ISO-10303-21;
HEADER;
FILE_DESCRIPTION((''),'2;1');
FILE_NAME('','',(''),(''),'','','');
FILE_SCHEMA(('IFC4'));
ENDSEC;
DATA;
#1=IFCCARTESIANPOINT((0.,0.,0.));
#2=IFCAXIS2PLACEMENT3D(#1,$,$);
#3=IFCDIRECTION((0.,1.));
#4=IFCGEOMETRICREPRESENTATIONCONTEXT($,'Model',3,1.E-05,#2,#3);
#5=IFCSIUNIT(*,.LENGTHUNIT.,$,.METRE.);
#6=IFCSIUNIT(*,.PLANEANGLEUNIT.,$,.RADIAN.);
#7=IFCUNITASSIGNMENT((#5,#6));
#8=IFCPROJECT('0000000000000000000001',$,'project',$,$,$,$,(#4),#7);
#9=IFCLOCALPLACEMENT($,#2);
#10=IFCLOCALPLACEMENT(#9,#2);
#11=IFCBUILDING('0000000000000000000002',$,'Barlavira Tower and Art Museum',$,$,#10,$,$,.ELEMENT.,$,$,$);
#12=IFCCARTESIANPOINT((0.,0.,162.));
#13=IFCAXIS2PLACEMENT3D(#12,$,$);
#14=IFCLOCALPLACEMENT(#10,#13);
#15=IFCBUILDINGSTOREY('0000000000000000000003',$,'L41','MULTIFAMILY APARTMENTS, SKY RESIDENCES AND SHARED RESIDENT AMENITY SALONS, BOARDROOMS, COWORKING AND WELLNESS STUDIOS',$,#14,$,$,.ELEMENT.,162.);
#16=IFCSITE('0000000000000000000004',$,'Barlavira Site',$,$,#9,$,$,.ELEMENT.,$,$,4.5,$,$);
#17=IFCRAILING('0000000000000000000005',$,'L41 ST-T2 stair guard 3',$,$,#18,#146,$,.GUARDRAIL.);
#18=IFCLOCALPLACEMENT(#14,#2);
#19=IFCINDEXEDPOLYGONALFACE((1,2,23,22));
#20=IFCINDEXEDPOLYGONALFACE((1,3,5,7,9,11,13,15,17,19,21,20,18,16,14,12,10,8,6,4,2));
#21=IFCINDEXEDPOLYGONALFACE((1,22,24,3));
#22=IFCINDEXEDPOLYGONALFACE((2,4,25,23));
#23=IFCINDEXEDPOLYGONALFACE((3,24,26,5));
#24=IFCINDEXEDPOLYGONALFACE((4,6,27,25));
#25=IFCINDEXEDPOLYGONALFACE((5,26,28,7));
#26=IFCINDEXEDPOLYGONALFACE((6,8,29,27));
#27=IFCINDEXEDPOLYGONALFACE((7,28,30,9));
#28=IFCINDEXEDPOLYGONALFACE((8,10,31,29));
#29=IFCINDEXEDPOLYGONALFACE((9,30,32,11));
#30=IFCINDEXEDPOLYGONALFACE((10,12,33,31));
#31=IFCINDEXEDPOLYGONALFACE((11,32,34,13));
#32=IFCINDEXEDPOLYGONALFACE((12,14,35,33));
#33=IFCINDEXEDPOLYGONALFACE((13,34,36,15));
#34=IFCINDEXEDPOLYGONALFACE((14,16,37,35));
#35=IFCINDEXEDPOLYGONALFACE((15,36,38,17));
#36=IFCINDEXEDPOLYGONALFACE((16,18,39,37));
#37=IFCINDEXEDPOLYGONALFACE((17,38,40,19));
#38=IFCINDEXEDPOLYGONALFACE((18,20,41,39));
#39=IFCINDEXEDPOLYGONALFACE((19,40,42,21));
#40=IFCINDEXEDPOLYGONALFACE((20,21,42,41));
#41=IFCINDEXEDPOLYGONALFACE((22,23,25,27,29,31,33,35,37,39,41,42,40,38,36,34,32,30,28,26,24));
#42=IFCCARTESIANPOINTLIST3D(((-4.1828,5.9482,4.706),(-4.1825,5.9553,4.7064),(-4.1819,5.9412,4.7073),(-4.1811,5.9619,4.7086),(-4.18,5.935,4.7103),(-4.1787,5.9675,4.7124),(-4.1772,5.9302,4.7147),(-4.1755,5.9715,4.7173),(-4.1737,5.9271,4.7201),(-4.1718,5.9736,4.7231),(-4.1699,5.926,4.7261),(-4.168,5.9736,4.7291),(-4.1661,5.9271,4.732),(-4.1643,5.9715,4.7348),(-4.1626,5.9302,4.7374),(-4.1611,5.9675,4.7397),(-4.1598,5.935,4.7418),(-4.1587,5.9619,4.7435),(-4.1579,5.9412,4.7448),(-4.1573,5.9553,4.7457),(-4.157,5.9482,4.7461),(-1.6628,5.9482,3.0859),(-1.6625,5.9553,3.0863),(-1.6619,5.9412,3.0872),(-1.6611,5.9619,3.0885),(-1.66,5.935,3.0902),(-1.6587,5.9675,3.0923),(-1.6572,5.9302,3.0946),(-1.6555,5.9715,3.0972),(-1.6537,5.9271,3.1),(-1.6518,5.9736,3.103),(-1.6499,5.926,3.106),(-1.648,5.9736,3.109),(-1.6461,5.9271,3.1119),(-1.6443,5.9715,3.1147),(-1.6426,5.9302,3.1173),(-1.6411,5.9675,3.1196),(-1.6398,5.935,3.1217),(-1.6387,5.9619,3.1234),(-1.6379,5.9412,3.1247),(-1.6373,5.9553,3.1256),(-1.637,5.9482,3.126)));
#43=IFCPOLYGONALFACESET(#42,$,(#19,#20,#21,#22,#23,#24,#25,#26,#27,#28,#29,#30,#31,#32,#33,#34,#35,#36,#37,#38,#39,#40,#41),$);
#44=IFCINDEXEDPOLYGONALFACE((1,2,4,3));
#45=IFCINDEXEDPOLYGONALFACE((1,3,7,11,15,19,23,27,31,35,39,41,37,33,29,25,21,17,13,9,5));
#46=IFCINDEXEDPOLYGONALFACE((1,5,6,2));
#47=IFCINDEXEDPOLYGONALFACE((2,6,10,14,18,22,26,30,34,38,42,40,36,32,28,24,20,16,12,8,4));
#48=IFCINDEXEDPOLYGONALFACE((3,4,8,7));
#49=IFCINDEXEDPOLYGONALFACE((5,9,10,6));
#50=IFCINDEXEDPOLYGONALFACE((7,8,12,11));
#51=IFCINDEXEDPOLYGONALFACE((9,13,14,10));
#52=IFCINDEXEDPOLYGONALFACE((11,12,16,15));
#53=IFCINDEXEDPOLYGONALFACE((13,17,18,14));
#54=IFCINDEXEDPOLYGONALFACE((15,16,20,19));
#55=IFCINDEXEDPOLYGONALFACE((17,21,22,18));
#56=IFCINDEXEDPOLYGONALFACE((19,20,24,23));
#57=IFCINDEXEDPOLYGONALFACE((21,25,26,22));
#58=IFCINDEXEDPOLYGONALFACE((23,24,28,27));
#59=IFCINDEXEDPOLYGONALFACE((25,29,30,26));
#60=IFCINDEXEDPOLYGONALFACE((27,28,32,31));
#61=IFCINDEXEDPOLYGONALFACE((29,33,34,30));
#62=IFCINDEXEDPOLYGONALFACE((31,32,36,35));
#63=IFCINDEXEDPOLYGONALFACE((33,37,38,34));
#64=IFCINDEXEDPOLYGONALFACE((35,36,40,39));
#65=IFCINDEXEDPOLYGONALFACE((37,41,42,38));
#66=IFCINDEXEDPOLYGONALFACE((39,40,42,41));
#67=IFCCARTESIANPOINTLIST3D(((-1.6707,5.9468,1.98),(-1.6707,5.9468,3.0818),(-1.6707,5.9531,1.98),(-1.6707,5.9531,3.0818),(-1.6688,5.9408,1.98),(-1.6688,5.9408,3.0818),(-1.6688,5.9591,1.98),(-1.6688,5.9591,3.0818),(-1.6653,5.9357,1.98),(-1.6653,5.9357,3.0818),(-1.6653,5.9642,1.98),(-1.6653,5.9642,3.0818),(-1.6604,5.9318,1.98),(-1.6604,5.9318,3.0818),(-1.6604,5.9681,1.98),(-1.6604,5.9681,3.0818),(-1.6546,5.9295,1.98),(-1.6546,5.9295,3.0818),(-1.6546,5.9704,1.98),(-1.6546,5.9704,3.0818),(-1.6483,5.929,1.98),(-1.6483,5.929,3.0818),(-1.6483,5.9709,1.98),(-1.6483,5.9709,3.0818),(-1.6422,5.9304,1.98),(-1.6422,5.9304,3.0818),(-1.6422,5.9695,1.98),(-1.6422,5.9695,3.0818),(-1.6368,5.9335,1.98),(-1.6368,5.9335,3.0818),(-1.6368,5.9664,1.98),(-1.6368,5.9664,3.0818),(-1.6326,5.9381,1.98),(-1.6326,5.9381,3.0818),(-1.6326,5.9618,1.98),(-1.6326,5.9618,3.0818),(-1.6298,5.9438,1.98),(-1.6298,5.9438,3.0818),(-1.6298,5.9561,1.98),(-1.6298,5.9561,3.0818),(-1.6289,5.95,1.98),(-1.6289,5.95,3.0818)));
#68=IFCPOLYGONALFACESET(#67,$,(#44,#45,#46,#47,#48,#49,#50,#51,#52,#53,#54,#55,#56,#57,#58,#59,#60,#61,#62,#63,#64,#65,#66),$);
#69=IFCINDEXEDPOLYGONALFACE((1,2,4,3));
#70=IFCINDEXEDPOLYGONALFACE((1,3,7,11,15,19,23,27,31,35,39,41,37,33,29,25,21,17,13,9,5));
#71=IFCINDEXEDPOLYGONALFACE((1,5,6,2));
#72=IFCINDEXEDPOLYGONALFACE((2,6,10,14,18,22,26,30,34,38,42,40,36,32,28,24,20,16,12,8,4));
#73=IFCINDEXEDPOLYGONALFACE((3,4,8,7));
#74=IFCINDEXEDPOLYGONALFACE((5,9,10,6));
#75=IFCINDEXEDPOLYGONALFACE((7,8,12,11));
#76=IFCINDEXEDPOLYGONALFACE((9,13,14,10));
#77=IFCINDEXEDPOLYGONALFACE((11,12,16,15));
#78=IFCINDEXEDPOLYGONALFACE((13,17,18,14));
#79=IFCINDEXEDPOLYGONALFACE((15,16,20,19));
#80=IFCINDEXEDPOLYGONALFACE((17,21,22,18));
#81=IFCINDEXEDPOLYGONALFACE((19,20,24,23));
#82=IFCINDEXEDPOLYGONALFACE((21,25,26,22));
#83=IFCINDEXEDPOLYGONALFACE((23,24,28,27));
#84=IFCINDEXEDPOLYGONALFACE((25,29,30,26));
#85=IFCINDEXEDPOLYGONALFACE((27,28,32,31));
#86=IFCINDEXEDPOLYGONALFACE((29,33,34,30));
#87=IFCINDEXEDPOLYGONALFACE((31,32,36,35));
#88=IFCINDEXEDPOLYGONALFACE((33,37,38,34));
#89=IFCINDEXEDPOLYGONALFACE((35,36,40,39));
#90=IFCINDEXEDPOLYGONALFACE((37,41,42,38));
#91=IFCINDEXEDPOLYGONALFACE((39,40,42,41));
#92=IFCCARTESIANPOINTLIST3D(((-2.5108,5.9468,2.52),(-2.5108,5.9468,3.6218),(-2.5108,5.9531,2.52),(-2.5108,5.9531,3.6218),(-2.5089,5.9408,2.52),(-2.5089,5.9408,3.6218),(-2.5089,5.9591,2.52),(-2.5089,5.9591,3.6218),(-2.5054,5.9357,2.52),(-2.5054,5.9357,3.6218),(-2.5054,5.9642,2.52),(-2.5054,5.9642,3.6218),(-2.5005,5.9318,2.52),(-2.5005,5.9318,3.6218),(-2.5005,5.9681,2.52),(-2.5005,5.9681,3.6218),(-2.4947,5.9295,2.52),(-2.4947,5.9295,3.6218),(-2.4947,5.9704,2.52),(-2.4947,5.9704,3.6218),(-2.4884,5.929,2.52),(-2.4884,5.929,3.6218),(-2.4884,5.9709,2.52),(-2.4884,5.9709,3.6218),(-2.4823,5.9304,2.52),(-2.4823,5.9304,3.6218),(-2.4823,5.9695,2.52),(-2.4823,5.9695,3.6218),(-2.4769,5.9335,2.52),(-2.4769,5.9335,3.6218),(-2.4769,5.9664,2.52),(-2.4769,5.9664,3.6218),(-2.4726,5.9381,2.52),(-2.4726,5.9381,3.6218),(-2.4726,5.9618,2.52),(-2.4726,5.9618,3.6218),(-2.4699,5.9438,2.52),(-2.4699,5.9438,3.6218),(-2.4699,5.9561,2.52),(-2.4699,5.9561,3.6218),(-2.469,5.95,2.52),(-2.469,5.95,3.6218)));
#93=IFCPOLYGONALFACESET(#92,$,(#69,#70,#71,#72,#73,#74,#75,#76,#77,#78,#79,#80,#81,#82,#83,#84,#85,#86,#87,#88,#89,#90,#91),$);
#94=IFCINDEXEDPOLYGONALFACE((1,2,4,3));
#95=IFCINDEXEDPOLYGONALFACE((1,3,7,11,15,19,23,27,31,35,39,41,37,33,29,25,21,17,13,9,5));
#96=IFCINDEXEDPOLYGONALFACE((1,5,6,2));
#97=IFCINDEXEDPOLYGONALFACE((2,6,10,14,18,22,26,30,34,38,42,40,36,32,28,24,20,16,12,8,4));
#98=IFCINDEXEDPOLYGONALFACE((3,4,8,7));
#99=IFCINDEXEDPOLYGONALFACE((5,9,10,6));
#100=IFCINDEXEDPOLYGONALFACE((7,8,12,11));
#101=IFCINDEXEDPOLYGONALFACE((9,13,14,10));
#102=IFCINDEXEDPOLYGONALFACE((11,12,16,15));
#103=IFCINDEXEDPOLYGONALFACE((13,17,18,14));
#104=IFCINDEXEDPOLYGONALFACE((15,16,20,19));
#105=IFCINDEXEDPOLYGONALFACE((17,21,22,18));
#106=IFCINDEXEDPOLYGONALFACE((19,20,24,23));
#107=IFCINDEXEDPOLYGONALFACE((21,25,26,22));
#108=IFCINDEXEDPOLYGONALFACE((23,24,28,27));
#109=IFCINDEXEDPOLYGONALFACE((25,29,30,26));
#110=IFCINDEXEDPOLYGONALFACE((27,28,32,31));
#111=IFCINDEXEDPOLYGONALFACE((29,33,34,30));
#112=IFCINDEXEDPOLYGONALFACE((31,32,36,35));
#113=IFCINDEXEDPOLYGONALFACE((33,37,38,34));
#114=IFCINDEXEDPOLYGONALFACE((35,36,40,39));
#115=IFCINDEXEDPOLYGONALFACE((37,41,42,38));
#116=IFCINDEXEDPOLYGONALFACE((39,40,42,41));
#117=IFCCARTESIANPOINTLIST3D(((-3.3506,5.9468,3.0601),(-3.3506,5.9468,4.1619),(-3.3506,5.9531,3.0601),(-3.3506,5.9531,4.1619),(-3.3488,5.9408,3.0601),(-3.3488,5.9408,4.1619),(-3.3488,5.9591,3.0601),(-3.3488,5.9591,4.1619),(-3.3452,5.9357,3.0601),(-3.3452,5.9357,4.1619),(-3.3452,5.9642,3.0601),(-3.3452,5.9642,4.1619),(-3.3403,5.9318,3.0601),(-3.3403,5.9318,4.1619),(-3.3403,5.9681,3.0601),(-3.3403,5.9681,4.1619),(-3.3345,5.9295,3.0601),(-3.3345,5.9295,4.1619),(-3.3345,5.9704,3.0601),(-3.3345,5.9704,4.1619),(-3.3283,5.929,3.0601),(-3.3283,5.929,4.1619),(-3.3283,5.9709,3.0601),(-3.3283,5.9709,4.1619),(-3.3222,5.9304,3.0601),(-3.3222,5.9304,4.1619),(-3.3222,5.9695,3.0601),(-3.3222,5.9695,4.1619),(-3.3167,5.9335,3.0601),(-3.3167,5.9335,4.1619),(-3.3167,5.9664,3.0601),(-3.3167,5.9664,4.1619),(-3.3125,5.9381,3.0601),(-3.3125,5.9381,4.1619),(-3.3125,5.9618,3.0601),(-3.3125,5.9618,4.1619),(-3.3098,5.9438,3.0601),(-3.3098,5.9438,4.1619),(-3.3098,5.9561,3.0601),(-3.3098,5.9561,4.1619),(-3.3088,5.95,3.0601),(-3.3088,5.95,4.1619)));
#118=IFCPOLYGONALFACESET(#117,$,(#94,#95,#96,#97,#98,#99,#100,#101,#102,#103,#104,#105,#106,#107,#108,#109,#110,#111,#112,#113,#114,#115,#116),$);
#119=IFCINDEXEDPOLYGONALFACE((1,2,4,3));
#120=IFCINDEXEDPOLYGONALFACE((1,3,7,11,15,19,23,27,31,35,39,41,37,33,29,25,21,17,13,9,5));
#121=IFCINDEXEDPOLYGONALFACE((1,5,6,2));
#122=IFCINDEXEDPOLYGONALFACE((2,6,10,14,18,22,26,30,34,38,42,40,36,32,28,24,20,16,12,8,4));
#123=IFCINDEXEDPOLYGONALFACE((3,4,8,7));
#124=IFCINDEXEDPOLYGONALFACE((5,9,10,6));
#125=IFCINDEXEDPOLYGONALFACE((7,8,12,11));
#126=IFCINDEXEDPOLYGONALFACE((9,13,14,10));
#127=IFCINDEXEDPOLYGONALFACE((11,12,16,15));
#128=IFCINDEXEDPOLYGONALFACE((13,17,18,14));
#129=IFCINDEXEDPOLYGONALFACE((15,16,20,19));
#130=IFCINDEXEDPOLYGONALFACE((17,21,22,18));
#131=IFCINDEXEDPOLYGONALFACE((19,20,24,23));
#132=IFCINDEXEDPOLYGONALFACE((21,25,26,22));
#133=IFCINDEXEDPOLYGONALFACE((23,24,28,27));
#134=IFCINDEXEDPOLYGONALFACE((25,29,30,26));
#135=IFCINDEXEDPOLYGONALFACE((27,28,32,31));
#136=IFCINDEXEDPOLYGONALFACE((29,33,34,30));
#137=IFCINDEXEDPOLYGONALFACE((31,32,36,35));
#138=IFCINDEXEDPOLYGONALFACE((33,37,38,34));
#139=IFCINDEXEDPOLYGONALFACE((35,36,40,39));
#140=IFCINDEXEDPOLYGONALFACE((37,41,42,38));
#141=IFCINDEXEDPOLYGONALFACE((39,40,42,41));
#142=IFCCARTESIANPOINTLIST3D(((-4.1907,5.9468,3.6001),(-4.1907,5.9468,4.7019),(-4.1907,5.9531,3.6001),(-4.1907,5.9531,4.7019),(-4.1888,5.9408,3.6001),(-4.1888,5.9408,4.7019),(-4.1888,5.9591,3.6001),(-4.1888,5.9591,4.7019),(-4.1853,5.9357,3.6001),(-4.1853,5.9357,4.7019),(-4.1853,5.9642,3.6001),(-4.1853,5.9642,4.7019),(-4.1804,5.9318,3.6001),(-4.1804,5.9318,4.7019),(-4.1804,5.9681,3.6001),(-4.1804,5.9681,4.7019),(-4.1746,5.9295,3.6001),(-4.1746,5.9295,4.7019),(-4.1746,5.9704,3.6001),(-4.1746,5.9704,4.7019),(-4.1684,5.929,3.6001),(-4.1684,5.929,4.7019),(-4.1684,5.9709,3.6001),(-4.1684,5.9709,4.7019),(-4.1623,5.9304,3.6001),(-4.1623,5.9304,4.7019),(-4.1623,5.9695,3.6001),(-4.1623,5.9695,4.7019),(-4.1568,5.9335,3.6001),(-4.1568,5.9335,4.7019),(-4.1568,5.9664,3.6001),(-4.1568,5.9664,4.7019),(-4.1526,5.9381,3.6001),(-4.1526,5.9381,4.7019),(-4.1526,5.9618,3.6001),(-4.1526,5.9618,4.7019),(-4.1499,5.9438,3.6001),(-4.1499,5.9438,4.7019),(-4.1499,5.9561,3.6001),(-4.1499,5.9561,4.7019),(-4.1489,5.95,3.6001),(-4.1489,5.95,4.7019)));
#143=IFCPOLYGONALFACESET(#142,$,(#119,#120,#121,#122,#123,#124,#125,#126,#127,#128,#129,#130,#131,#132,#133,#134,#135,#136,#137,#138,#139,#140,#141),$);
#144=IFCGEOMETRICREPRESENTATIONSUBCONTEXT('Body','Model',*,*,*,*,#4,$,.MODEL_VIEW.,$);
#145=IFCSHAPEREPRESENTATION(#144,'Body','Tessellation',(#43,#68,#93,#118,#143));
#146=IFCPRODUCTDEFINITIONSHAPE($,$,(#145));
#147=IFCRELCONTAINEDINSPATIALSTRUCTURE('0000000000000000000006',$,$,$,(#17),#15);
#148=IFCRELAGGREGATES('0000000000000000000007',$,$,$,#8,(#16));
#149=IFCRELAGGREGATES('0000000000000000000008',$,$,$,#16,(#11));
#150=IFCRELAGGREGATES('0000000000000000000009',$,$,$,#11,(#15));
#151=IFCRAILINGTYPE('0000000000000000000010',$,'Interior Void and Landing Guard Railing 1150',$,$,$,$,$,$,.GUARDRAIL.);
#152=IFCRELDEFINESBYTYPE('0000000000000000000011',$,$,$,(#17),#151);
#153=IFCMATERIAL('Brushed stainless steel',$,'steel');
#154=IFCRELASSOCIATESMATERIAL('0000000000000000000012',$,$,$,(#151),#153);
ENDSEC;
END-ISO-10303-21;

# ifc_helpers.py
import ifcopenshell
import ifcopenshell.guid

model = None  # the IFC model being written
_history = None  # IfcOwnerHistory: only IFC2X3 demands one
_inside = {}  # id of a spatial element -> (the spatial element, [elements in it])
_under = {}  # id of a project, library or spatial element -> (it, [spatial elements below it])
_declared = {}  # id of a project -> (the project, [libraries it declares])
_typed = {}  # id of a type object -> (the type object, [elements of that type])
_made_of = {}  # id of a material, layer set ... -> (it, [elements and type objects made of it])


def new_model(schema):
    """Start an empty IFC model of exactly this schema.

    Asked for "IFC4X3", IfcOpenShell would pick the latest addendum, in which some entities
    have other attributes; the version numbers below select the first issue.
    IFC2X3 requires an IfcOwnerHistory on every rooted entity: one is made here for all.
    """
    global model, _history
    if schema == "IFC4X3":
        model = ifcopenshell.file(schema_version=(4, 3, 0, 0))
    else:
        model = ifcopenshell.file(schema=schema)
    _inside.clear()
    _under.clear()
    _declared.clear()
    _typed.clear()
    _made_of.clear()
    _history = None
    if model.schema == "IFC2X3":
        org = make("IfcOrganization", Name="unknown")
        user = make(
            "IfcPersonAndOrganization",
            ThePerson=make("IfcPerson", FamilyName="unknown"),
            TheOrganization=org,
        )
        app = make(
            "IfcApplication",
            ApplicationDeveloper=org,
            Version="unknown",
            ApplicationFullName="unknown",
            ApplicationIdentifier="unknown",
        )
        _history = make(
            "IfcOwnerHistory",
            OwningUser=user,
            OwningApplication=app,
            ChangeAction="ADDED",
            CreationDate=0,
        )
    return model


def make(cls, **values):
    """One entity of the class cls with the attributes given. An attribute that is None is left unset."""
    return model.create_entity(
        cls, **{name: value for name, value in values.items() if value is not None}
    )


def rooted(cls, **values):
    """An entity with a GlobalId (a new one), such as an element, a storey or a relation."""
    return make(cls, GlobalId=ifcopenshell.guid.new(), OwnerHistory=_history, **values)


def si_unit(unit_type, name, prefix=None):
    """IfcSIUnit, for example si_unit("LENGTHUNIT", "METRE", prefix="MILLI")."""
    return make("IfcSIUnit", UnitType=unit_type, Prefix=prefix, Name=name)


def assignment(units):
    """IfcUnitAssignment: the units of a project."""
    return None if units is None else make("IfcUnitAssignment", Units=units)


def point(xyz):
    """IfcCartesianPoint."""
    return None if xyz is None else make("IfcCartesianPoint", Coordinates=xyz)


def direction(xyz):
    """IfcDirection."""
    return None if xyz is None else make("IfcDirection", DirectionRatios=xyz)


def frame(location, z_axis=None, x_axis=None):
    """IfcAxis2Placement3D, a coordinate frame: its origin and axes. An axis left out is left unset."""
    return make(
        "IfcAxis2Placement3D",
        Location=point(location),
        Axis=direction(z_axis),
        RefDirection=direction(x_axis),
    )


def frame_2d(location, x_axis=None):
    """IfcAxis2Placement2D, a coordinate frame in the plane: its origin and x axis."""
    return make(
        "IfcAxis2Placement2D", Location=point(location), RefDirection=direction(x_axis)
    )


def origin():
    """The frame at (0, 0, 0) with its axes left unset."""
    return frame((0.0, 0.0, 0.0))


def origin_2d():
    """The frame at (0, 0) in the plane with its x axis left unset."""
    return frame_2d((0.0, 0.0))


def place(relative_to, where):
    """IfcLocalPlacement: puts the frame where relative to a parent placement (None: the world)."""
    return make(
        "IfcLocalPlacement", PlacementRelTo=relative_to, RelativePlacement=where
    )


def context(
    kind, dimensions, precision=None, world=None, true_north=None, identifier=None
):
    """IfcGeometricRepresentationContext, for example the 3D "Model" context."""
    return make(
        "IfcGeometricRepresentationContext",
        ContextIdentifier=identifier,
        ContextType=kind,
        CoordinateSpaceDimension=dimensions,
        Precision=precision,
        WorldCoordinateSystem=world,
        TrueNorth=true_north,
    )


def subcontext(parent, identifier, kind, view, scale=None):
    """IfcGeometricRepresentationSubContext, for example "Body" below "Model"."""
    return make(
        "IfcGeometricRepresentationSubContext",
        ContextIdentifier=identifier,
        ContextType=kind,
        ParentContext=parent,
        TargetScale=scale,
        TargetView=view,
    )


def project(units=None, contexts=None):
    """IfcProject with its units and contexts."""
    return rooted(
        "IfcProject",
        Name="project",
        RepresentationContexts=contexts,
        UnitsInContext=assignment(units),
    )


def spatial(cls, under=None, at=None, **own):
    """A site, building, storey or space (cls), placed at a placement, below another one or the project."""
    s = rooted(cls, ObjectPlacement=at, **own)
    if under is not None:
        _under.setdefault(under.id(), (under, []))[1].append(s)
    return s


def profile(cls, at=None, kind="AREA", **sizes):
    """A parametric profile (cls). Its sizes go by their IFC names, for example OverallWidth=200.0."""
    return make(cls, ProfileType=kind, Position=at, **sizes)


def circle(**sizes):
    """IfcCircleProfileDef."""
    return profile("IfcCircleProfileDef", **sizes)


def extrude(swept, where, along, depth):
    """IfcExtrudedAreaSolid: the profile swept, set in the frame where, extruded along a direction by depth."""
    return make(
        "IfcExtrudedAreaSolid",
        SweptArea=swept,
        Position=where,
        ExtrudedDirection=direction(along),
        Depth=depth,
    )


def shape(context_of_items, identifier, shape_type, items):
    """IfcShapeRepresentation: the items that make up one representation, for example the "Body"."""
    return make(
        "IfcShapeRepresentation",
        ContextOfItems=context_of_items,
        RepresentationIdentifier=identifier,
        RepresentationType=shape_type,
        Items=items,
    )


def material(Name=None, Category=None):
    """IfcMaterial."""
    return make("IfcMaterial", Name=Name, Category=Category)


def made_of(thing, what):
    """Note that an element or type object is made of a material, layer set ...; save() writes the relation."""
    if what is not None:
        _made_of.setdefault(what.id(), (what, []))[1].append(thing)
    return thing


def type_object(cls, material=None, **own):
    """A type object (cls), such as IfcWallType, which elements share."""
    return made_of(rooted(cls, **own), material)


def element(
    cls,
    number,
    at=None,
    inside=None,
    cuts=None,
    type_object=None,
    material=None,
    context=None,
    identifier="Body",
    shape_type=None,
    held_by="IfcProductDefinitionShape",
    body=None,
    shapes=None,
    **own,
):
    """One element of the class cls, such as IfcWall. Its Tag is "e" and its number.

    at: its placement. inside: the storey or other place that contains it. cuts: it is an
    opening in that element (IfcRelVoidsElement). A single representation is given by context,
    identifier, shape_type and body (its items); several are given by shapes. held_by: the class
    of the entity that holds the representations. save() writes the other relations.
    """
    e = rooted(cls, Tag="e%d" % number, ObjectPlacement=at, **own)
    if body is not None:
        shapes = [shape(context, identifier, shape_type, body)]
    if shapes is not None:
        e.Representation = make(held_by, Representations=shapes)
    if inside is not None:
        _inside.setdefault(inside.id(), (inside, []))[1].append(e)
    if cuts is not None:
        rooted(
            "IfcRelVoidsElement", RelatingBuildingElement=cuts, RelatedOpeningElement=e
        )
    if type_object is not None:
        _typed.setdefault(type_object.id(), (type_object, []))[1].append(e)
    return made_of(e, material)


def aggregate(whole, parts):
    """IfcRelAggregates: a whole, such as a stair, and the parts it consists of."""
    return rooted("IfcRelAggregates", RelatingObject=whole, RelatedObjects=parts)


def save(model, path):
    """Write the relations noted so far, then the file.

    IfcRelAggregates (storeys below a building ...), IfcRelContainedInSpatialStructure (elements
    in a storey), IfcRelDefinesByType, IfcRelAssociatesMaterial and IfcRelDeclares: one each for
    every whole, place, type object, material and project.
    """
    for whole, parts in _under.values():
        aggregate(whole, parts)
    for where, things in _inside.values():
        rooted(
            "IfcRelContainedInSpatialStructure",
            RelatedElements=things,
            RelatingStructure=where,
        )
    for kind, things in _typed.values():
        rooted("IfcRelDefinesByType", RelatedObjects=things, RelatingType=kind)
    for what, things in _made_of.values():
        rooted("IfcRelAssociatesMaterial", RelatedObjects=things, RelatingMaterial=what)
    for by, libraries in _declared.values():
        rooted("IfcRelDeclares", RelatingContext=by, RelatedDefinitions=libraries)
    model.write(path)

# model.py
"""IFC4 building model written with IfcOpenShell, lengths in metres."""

from ifc_helpers import new_model, si_unit, direction, frame, origin, origin_2d, place, context, subcontext, project, spatial, circle, extrude, material, type_object, element, save


model = new_model("IFC4")

# Units and contexts
model_context = context("Model", 3, precision=1e-05, world=origin(), true_north=direction((0.0, 1.0)))
body_context = subcontext(model_context, "Body", "Model", "MODEL_VIEW")
ifc_project = project(units=[si_unit("LENGTHUNIT", "METRE"), si_unit("PLANEANGLEUNIT", "RADIAN")], contexts=[model_context])

# Site, building, storey
site_placement = place(None, origin())
site = spatial("IfcSite", under=ifc_project, at=site_placement, Name="Barlavira Site", CompositionType="ELEMENT", RefElevation=4.5)
building_placement = place(site_placement, origin())
building = spatial("IfcBuilding", under=site, at=building_placement, Name="Barlavira Tower and Art Museum", CompositionType="ELEMENT")
storey_placement = place(building_placement, frame((0.0, 0.0, 162.0)))
storey = spatial("IfcBuildingStorey", under=building, at=storey_placement, Name="L41", Description="MULTIFAMILY APARTMENTS, SKY RESIDENCES AND SHARED RESIDENT AMENITY SALONS, BOARDROOMS, COWORKING AND WELLNESS STUDIOS", CompositionType="ELEMENT", Elevation=162.0)

# Shared definitions
ifc_material_1 = material(Name="Brushed stainless steel", Category="steel")

# Railing
railing_type_1 = type_object("IfcRailingType", Name="Interior Void and Landing Guard Railing 1150", PredefinedType="GUARDRAIL", material=ifc_material_1)
railing_1_placement = place(storey_placement, frame((-1.6499, 5.95, 1.98)))
element("IfcRailing", 1, at=railing_1_placement, inside=storey, type_object=railing_type_1, Name="L41 ST-T2 stair guard 3", PredefinedType="GUARDRAIL", context=body_context, shape_type="SweptSolid", body=[
    extrude(circle(Radius=0.0239, at=origin_2d()), frame((0.0, 0.0, 1.126), z_axis=(-0.841163, 0.0, 0.540782), x_axis=(0.0, -1.0, 0.0)), (0.0, 0.0, 1.0), 2.9958),
    extrude(circle(Radius=0.021, at=origin_2d()), origin(), (0.0, 0.0, 1.0), 1.1018),
    extrude(circle(Radius=0.021, at=origin_2d()), frame((-0.8401, 0.0, 0.54)), (0.0, 0.0, 1.0), 1.1018),
    extrude(circle(Radius=0.021, at=origin_2d()), frame((-1.6799, 0.0, 1.0801)), (0.0, 0.0, 1.0), 1.1018),
    extrude(circle(Radius=0.021, at=origin_2d()), frame((-2.52, 0.0, 1.6201)), (0.0, 0.0, 1.0), 1.1018),
])

save(model, "model.ifc")
